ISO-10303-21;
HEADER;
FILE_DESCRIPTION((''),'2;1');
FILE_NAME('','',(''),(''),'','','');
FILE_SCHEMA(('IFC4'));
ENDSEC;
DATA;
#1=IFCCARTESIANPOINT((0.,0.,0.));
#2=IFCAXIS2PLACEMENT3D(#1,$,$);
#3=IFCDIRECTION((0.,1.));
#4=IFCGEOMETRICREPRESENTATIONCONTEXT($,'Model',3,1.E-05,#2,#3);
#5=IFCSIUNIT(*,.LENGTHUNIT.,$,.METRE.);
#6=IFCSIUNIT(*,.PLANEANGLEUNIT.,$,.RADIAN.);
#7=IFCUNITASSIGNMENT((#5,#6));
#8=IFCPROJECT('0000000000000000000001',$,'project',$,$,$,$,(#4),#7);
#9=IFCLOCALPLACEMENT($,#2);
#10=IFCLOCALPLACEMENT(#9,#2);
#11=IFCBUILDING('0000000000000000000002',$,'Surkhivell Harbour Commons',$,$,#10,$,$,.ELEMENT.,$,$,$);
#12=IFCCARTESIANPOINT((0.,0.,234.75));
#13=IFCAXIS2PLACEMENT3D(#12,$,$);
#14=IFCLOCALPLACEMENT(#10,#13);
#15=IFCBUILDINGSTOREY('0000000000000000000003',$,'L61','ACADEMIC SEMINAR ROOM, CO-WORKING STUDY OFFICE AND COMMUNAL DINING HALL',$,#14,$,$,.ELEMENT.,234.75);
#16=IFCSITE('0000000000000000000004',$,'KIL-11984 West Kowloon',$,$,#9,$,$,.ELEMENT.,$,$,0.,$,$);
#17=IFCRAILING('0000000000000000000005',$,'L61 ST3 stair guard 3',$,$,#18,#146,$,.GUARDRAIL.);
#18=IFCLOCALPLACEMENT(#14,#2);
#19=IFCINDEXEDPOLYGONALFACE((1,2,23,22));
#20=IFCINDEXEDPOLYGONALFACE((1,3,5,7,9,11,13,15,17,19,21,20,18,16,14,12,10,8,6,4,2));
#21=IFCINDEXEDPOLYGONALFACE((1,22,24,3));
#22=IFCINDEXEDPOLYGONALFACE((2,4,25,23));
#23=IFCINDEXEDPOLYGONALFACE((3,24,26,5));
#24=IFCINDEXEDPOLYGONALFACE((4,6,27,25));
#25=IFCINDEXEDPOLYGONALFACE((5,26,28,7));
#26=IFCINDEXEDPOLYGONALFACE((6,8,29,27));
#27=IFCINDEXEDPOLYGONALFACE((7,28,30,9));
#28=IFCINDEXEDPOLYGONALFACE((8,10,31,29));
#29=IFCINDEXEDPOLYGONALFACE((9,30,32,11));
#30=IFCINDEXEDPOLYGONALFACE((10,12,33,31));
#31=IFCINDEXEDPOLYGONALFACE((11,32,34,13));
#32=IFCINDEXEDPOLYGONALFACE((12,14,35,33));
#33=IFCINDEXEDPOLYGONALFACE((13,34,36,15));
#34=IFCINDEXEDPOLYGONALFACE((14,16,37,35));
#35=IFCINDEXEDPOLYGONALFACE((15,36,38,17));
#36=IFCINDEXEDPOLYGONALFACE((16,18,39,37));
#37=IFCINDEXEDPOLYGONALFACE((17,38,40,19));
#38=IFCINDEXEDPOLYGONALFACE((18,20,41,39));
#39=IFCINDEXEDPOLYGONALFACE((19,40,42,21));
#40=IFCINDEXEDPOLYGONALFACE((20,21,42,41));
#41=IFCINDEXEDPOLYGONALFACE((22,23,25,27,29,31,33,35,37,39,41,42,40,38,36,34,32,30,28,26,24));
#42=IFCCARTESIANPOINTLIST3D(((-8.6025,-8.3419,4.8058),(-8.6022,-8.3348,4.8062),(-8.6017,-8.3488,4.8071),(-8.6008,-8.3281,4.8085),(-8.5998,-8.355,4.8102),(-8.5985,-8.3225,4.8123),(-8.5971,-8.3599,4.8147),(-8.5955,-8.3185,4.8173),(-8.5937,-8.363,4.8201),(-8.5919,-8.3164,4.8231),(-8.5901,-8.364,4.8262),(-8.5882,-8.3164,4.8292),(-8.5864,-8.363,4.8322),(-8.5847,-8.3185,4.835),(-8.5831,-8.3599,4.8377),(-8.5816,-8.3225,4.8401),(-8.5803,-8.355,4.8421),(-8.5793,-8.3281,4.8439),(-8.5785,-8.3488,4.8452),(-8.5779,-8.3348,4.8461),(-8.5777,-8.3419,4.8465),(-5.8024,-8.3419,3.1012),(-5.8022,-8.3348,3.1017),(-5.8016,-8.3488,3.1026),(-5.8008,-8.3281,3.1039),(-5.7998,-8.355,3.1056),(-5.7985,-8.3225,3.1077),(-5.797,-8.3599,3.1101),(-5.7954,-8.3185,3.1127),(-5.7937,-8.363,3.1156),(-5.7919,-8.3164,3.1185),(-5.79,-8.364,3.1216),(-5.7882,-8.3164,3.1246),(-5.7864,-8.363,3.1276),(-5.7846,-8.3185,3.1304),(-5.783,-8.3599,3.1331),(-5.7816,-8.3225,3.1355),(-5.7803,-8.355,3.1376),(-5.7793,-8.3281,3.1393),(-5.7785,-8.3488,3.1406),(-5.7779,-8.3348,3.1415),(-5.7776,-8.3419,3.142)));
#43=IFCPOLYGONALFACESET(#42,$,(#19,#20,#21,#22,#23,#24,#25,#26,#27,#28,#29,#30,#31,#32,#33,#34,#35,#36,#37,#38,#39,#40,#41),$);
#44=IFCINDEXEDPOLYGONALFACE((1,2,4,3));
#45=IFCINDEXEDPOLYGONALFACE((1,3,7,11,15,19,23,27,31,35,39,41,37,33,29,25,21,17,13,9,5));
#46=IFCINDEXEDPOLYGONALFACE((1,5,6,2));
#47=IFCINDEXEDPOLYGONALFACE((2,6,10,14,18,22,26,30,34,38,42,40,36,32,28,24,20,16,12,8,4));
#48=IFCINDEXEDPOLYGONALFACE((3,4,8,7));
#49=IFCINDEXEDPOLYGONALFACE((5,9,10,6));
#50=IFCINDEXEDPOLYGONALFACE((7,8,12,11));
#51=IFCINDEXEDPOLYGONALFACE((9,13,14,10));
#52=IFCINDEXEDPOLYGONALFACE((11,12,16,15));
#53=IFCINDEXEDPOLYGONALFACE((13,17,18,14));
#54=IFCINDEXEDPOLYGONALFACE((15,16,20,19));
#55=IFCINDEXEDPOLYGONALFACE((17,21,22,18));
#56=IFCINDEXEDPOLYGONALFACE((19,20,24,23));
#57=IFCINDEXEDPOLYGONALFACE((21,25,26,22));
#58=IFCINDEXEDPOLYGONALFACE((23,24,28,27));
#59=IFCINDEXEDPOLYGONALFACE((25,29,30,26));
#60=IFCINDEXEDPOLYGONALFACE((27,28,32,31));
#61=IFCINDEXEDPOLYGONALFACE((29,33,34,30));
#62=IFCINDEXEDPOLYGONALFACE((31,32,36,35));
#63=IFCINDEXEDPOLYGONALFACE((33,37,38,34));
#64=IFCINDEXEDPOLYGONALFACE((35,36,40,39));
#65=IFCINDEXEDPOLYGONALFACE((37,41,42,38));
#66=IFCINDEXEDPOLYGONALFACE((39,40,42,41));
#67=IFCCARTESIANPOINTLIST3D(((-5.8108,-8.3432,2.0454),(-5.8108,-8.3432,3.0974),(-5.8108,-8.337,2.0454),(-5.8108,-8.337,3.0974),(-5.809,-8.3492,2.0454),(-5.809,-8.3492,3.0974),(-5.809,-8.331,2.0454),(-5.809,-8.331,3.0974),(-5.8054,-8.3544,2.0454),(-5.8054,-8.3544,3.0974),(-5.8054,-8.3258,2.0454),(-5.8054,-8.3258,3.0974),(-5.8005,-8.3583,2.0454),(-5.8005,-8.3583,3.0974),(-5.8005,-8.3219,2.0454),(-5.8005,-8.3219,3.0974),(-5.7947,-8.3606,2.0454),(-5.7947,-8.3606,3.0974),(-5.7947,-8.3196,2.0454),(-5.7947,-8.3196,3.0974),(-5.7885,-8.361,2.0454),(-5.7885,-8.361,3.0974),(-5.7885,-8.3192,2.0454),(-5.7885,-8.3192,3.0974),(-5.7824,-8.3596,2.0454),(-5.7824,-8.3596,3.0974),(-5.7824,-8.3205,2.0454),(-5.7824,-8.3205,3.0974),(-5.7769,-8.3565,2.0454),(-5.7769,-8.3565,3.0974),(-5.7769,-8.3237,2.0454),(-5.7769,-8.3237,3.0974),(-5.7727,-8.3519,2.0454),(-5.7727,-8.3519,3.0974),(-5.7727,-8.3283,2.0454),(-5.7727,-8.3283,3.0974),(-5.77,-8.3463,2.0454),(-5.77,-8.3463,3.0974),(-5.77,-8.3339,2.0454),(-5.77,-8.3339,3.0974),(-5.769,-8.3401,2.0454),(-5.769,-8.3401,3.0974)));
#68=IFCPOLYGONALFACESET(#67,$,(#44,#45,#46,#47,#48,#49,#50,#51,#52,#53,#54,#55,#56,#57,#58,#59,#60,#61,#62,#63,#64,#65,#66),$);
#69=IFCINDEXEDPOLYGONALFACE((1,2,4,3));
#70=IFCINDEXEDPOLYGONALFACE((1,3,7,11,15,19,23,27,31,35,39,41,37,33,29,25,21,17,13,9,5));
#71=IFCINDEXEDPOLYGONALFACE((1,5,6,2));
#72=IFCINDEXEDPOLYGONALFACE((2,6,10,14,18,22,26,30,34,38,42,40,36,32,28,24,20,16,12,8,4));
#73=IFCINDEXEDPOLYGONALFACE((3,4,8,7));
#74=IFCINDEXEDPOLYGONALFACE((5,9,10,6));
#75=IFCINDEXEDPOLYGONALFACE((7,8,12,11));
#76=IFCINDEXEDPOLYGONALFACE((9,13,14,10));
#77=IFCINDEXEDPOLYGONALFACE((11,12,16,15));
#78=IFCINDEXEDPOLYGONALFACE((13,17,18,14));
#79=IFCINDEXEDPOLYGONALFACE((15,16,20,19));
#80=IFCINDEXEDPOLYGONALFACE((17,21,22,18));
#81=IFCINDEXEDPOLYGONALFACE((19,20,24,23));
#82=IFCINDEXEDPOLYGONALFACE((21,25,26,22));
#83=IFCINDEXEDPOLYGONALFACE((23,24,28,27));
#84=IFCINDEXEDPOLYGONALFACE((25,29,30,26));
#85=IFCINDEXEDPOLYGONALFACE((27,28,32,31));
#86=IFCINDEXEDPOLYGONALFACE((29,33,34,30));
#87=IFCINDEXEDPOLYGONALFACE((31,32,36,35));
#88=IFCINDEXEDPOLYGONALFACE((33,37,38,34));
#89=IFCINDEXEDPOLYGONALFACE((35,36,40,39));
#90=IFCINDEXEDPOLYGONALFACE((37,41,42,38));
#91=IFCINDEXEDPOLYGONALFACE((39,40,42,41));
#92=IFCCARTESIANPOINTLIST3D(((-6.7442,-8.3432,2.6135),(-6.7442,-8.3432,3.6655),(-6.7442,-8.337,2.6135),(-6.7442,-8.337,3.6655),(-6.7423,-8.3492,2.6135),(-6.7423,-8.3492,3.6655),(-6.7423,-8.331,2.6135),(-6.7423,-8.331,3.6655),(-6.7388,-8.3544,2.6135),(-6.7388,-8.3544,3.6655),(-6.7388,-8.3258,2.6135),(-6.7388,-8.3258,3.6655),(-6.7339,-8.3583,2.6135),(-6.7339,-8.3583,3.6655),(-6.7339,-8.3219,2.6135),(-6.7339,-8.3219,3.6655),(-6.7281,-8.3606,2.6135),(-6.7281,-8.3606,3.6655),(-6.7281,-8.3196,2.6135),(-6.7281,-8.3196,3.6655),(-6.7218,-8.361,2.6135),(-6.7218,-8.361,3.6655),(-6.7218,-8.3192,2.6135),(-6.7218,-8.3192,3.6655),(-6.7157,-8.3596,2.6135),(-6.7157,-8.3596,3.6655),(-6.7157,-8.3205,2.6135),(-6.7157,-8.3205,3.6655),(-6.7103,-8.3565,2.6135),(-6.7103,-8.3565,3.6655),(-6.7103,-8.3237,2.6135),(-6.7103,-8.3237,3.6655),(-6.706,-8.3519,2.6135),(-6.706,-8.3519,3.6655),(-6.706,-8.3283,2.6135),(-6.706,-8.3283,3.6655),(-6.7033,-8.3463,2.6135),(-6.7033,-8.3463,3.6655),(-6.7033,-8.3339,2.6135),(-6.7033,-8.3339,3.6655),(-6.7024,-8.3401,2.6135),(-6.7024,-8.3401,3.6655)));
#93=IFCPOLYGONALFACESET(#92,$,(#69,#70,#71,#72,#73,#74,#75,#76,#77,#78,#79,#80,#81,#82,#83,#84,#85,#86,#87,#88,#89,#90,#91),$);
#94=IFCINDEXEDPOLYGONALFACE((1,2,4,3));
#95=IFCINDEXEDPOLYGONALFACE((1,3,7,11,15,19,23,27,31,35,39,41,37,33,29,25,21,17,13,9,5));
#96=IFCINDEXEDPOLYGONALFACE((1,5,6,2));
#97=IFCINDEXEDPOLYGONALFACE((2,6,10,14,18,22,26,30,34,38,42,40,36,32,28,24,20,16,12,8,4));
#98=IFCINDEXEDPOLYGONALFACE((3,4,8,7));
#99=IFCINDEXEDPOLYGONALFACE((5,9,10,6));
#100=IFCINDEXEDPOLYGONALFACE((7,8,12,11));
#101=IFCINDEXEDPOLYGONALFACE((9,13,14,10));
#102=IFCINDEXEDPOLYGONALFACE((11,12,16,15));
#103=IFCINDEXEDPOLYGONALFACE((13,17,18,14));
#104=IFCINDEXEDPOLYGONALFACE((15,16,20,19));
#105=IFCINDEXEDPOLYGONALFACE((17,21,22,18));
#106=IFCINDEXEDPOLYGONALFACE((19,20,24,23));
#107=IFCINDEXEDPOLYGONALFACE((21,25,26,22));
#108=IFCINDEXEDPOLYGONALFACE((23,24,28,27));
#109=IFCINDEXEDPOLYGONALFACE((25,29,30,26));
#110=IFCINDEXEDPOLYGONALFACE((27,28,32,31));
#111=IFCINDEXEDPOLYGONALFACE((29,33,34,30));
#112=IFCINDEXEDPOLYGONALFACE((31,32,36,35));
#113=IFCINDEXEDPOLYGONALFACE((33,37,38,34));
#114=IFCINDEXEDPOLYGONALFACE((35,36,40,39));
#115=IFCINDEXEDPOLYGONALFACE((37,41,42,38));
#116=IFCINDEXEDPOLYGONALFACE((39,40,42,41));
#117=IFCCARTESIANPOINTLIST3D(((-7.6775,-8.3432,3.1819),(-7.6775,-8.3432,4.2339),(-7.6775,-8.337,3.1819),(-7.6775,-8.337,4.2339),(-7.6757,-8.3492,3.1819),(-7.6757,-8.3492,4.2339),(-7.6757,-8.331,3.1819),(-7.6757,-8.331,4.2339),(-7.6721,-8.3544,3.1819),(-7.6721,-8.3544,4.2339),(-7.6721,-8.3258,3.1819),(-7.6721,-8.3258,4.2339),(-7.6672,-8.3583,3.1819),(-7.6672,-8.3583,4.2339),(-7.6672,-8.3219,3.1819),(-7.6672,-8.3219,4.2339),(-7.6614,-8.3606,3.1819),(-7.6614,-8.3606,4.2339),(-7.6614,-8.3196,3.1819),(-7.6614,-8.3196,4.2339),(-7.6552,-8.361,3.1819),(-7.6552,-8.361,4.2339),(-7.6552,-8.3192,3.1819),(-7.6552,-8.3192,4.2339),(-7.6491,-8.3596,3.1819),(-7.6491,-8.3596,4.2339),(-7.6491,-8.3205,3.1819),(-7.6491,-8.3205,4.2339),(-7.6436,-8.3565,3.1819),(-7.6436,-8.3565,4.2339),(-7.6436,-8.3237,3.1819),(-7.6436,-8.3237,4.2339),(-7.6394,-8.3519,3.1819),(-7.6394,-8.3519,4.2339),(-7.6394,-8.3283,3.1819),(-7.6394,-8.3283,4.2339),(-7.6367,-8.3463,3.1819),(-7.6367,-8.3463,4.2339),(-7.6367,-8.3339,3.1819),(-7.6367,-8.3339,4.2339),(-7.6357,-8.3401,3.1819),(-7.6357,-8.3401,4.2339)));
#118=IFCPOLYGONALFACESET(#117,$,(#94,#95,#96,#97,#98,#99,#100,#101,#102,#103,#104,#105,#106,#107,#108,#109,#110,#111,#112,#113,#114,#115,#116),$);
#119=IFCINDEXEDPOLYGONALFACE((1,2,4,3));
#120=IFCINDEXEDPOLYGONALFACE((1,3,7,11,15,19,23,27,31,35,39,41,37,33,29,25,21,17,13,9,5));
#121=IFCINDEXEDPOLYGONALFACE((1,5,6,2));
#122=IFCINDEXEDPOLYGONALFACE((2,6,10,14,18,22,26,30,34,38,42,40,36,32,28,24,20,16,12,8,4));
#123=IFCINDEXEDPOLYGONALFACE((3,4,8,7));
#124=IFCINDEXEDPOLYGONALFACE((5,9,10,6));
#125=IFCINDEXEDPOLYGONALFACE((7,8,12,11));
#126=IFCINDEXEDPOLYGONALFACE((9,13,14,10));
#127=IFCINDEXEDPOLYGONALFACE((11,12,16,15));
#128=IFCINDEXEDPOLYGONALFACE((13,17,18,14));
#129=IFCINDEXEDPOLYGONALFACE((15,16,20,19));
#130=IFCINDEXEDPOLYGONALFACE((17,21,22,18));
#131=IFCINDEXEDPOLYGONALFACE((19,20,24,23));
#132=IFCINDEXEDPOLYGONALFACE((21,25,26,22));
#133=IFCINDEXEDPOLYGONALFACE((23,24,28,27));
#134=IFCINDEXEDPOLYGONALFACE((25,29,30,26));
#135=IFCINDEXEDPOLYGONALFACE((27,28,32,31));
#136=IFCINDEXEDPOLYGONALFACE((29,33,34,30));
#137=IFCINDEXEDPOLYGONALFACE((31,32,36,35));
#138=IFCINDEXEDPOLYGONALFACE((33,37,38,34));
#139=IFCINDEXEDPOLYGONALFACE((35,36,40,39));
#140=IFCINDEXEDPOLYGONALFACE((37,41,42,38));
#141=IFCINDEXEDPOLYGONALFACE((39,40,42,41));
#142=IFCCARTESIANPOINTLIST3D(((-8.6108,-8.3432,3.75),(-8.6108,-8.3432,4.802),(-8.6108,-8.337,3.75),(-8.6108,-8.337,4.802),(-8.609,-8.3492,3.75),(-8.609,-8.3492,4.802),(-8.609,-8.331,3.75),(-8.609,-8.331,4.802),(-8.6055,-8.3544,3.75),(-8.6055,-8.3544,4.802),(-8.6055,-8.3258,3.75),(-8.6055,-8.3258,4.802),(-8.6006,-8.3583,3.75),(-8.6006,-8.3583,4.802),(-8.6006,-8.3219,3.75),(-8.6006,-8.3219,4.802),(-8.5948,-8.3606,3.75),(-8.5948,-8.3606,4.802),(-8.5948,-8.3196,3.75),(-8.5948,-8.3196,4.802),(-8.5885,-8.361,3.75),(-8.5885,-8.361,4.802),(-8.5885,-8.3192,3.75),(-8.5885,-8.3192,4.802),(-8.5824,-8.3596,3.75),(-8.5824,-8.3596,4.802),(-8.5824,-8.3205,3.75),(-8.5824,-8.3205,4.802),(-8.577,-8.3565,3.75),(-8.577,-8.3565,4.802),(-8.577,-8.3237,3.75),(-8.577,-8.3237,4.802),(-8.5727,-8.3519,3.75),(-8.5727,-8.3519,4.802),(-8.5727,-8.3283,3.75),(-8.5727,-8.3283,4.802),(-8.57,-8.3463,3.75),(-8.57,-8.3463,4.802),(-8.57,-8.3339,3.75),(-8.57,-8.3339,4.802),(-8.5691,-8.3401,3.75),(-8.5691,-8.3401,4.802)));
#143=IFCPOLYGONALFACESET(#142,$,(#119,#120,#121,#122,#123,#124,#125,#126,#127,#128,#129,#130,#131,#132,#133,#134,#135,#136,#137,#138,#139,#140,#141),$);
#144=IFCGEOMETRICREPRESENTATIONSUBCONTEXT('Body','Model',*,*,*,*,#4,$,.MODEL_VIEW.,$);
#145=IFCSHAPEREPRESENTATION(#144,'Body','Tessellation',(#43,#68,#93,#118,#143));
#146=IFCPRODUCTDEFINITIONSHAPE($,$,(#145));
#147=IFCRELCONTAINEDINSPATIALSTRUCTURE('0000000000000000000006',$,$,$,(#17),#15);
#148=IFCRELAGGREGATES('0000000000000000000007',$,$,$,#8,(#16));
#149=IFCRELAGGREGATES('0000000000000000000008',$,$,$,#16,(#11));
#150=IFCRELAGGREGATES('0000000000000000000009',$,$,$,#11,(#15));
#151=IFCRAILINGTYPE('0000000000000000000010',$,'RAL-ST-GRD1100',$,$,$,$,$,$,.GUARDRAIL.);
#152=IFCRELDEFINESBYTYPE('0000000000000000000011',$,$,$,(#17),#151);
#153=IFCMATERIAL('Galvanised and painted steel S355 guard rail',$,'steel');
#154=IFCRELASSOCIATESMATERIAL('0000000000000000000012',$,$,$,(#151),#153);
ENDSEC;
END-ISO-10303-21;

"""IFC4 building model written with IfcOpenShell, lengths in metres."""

from ifc_helpers import new_model, si_unit, direction, frame, origin, origin_2d, place, context, subcontext, project, spatial, circle, extrude, material, type_object, element, save


model = new_model("IFC4")

# Units and contexts
model_context = context("Model", 3, precision=1e-05, world=origin(), true_north=direction((0.0, 1.0)))
body_context = subcontext(model_context, "Body", "Model", "MODEL_VIEW")
ifc_project = project(units=[si_unit("LENGTHUNIT", "METRE"), si_unit("PLANEANGLEUNIT", "RADIAN")], contexts=[model_context])

# Site, building, storey
site_placement = place(None, origin())
site = spatial("IfcSite", under=ifc_project, at=site_placement, Name="KIL-11984 West Kowloon", CompositionType="ELEMENT", RefElevation=0.0)
building_placement = place(site_placement, origin())
building = spatial("IfcBuilding", under=site, at=building_placement, Name="Surkhivell Harbour Commons", CompositionType="ELEMENT")
storey_placement = place(building_placement, frame((0.0, 0.0, 234.75)))
storey = spatial("IfcBuildingStorey", under=building, at=storey_placement, Name="L61", Description="ACADEMIC SEMINAR ROOM, CO-WORKING STUDY OFFICE AND COMMUNAL DINING HALL", CompositionType="ELEMENT", Elevation=234.75)

# Railing
ifc_material_1 = material(Name="Galvanised and painted steel S355 guard rail", Category="steel")
railing_type_1 = type_object("IfcRailingType", Name="RAL-ST-GRD1100", PredefinedType="GUARDRAIL", material=ifc_material_1)
railing_1_placement = place(storey_placement, frame((-5.79, -8.3401, 2.0454)))
element("IfcRailing", 1, at=railing_1_placement, inside=storey, type_object=railing_type_1, Name="L61 ST3 stair guard 3", PredefinedType="GUARDRAIL", context=body_context, shape_type="SweptSolid", body=[
    extrude(circle(Radius=0.0239, at=origin_2d()), frame((0.0, 0.0, 1.0762), z_axis=(-0.85417, 0.0, 0.519994), x_axis=(0.0, -1.0, 0.0)), (0.0, 0.0, 1.0), 3.2781),
    extrude(circle(Radius=0.021, at=origin_2d()), origin(), (0.0, 0.0, 1.0), 1.052),
    extrude(circle(Radius=0.021, at=origin_2d()), frame((-0.9333, 0.0, 0.5681)), (0.0, 0.0, 1.0), 1.052),
    extrude(circle(Radius=0.021, at=origin_2d()), frame((-1.8667, 0.0, 1.1365)), (0.0, 0.0, 1.0), 1.052),
    extrude(circle(Radius=0.021, at=origin_2d()), frame((-2.8, 0.0, 1.7046)), (0.0, 0.0, 1.0), 1.052),
])

save(model, "model.ifc")
